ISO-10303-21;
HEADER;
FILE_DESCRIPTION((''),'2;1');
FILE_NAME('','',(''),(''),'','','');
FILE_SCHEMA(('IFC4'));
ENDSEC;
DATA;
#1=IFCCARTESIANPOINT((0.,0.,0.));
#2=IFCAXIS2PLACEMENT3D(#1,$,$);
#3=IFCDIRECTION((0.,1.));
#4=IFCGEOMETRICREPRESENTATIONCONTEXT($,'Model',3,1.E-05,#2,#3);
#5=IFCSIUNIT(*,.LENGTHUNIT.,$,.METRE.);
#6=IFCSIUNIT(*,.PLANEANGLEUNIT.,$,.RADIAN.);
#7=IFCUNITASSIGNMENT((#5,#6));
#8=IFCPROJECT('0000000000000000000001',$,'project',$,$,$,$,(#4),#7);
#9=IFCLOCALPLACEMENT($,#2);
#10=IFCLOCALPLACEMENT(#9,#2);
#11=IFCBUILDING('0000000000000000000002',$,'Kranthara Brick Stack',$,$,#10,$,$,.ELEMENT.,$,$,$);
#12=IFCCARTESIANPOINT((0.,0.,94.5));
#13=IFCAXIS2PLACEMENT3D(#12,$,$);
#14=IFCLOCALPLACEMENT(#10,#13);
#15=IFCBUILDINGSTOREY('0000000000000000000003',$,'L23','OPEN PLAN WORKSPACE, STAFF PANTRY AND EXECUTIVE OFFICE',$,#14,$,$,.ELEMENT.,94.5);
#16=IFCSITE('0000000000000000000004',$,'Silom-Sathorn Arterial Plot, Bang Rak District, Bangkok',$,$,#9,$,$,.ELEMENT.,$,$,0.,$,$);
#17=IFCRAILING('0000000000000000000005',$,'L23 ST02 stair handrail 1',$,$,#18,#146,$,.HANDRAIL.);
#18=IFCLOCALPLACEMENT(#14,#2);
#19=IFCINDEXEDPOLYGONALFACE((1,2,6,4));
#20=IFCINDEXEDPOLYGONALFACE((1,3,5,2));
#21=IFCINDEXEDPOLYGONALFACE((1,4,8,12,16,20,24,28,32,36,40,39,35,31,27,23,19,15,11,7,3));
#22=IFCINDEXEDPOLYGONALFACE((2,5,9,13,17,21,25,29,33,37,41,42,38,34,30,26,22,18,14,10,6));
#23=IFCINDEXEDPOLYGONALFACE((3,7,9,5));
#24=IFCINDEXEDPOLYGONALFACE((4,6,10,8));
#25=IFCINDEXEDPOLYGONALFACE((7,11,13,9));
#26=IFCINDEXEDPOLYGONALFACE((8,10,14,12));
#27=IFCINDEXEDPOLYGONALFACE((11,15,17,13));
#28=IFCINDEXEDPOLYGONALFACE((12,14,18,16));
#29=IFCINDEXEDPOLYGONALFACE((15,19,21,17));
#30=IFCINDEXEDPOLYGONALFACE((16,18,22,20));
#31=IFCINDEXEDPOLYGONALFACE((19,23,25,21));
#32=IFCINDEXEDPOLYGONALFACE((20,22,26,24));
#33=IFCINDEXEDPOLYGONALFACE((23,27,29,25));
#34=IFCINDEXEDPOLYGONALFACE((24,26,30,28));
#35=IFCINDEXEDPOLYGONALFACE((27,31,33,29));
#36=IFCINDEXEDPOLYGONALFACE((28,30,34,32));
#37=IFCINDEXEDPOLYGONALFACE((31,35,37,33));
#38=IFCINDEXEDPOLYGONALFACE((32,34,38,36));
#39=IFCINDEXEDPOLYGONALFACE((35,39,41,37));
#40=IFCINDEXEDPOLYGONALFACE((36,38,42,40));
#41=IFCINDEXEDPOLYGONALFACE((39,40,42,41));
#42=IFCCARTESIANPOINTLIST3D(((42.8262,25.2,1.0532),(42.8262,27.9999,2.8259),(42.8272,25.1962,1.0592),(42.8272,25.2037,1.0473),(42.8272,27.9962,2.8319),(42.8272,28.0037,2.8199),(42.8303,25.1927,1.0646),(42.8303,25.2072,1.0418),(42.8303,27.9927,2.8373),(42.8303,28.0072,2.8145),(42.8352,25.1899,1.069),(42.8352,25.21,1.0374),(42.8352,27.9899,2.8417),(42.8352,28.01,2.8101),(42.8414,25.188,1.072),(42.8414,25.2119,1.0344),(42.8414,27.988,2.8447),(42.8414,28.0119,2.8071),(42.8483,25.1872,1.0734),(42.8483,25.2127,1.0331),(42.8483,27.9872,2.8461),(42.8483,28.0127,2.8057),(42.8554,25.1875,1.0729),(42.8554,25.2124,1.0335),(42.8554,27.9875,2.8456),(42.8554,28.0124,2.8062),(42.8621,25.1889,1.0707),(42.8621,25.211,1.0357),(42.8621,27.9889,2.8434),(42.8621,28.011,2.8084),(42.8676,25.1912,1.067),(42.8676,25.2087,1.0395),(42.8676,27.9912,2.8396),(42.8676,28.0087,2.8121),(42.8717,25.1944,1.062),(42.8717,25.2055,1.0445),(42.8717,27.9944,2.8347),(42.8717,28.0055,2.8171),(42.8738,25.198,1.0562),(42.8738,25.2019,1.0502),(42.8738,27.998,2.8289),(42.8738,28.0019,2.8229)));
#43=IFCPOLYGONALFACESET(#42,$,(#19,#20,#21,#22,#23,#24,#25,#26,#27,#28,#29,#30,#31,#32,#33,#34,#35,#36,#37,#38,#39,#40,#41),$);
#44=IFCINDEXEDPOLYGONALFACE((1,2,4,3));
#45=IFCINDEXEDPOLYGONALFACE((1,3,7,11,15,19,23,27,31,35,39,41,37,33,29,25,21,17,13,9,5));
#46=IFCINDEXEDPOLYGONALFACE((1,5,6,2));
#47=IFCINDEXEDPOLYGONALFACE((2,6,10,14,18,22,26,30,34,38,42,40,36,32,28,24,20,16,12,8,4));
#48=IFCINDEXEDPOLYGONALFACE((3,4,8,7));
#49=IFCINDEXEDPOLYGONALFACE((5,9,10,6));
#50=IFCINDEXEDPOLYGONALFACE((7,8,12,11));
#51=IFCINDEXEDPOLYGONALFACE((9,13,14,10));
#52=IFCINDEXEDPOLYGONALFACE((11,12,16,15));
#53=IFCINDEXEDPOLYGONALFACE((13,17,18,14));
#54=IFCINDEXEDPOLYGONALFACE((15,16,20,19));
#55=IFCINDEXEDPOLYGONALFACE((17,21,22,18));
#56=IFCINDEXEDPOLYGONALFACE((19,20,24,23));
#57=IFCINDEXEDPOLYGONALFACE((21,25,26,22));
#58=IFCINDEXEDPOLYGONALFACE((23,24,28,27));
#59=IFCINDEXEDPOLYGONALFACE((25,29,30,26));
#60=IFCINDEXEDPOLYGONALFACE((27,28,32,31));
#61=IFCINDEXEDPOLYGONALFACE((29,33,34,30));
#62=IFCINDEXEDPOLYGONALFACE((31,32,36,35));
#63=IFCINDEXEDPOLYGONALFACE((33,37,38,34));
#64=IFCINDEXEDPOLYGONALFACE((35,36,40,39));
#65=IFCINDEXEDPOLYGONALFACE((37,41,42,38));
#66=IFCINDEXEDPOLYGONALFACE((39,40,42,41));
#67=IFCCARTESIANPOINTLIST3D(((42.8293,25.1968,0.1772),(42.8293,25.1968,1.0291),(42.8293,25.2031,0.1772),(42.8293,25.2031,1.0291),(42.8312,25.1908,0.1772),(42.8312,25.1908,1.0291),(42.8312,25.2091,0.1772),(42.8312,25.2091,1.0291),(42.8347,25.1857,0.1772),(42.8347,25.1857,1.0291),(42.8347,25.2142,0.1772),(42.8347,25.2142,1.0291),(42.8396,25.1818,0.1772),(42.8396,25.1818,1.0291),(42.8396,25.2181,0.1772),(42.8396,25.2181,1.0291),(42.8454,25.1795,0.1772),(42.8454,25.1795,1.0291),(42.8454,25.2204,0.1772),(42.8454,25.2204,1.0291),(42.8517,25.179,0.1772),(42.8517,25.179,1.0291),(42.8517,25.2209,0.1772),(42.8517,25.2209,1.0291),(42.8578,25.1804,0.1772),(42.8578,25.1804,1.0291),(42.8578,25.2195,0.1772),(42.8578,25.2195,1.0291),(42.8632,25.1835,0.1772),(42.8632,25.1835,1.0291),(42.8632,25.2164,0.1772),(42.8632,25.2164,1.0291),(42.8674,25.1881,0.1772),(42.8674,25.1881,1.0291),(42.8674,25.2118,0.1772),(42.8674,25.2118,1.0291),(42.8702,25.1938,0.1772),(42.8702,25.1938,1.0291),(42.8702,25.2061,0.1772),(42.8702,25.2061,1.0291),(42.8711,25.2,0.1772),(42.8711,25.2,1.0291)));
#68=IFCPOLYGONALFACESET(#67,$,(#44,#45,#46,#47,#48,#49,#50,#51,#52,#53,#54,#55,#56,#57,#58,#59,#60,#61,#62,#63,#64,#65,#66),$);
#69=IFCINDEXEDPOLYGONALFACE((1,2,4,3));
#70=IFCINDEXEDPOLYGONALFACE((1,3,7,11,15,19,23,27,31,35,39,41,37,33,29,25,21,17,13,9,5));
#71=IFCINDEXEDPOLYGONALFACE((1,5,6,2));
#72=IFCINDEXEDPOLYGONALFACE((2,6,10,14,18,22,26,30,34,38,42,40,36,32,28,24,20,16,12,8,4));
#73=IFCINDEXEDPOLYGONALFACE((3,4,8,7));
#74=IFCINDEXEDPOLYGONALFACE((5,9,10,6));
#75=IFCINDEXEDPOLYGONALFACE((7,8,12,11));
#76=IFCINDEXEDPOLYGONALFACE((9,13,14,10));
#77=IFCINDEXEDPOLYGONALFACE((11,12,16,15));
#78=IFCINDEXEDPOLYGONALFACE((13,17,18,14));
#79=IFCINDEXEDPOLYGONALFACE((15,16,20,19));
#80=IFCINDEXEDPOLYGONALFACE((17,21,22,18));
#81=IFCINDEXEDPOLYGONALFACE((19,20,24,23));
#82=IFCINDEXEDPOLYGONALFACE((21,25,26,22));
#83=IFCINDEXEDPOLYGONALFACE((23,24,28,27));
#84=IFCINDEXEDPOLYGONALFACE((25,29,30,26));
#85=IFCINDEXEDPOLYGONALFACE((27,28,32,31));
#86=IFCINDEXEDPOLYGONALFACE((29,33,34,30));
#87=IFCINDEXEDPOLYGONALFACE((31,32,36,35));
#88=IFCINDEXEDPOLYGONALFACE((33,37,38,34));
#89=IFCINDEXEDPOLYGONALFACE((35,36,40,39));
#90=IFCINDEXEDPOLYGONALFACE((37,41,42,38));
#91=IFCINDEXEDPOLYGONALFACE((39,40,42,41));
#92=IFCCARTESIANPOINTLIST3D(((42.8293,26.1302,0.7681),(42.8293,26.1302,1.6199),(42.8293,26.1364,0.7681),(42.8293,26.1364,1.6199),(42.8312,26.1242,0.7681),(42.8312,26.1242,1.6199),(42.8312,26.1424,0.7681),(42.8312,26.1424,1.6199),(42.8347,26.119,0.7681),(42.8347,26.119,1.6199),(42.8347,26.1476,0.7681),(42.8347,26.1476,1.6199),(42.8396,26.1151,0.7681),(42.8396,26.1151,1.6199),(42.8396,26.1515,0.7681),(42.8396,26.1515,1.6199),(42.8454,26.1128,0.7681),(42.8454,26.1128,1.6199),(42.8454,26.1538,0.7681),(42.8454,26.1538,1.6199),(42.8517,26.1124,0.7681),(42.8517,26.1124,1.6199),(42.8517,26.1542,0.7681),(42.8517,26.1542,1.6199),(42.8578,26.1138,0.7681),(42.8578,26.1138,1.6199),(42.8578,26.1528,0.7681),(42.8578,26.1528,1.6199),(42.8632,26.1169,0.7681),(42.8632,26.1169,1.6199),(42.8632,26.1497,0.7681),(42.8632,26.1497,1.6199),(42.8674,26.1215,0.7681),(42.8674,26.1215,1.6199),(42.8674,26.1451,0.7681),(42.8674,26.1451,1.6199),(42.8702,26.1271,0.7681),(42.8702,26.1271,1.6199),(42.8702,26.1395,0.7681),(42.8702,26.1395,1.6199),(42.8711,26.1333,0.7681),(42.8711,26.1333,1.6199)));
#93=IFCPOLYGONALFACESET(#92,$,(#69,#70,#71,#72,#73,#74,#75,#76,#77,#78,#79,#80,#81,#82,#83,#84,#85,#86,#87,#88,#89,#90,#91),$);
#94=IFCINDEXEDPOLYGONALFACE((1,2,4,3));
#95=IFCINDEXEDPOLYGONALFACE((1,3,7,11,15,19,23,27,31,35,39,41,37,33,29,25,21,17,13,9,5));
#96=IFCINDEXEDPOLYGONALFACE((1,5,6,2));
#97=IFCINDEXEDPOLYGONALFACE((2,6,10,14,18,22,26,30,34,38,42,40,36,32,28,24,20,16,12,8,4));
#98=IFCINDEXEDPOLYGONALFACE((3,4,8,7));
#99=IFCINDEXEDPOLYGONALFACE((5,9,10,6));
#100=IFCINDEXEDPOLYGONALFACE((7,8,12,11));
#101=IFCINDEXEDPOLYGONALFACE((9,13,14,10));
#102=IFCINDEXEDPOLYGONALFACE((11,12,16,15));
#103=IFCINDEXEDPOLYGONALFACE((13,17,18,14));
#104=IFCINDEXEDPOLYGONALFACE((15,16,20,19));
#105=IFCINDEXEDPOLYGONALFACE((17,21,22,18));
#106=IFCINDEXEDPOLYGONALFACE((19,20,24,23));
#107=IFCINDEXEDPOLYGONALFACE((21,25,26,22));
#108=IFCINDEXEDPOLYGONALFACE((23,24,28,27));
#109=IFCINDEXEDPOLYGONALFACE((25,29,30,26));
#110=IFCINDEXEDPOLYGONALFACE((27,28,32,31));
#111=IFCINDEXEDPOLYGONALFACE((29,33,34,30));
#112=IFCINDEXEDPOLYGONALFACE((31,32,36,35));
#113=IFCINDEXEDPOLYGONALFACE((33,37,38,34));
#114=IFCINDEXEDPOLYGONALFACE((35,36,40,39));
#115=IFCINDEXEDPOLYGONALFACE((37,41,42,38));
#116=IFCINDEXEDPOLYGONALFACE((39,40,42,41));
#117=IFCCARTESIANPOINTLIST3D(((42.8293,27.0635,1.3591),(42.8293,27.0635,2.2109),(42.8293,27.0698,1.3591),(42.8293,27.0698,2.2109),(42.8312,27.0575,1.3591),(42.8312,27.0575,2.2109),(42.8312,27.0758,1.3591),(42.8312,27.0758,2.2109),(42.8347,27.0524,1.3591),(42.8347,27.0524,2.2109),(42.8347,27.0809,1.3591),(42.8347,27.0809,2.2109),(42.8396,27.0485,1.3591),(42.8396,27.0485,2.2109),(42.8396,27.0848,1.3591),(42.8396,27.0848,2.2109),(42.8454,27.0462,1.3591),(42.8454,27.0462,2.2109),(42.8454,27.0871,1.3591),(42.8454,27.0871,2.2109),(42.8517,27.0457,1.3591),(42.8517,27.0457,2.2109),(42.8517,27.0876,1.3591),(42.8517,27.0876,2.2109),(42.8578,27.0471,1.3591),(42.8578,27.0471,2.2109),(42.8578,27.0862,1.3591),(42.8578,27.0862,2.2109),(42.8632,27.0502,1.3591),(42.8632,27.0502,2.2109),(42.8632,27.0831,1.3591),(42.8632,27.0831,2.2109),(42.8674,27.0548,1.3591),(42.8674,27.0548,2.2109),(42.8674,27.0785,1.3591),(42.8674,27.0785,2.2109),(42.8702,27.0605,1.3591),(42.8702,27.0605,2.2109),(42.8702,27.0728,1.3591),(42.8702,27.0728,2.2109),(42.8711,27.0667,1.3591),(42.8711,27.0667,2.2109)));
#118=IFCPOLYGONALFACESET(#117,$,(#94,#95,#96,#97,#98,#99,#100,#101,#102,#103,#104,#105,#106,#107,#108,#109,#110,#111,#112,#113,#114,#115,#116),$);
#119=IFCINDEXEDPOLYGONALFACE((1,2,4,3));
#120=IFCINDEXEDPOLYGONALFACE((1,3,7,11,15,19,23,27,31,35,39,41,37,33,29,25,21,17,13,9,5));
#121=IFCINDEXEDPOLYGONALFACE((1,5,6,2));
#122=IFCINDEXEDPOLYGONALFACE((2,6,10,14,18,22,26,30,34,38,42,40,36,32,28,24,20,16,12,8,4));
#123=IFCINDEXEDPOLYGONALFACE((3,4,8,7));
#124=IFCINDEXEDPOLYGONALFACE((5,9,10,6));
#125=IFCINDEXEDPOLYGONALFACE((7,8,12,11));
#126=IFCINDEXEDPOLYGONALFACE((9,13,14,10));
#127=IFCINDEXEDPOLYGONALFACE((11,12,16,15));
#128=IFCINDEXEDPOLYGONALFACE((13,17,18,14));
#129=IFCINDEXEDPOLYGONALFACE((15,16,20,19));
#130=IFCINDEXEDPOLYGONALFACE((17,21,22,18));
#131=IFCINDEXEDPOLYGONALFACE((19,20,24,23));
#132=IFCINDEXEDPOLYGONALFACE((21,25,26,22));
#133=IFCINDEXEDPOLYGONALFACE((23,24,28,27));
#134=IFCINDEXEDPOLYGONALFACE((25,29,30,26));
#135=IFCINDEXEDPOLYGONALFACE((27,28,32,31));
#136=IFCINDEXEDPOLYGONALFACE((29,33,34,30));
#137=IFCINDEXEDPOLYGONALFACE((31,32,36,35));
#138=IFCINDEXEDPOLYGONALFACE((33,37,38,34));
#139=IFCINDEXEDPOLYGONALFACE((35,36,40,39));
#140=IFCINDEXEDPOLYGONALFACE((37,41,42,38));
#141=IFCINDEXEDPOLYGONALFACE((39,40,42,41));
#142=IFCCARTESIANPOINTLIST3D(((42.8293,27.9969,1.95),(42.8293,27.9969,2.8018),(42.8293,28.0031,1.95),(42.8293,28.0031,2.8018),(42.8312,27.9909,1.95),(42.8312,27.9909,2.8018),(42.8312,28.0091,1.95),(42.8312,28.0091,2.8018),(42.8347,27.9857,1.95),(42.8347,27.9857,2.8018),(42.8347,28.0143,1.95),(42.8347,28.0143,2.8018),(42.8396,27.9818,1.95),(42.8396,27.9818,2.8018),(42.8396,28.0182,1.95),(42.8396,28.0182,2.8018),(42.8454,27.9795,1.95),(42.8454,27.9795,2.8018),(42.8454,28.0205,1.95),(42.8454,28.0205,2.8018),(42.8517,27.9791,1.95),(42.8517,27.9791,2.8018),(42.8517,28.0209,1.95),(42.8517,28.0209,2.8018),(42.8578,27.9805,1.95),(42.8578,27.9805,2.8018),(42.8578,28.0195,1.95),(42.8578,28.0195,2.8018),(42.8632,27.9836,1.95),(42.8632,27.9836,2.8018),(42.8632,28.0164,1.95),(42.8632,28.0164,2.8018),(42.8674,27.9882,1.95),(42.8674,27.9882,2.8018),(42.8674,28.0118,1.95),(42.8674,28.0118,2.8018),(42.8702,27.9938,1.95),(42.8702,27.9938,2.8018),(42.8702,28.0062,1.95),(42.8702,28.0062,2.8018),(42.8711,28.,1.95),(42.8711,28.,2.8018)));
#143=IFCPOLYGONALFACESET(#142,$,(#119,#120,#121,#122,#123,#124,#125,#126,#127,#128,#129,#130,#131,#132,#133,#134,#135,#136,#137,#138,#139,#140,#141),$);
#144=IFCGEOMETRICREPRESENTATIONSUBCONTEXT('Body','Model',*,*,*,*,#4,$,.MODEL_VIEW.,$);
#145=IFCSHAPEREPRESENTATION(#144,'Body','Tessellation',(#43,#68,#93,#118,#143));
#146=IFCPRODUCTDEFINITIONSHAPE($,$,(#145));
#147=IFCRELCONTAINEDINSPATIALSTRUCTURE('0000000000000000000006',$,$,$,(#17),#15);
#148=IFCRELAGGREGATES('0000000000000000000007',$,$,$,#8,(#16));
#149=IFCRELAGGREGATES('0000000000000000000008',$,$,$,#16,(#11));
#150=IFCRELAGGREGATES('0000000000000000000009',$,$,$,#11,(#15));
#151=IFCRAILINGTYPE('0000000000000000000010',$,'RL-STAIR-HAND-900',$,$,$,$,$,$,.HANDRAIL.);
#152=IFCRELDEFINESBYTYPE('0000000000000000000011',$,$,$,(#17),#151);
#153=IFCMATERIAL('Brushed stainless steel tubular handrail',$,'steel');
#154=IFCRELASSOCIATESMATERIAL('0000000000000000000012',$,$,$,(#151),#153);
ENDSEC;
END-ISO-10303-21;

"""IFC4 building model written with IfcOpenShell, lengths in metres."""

from ifc_helpers import new_model, si_unit, direction, frame, origin, origin_2d, place, context, subcontext, project, spatial, circle, extrude, material, type_object, element, save


model = new_model("IFC4")

# Units and contexts
model_context = context("Model", 3, precision=1e-05, world=origin(), true_north=direction((0.0, 1.0)))
body_context = subcontext(model_context, "Body", "Model", "MODEL_VIEW")
ifc_project = project(units=[si_unit("LENGTHUNIT", "METRE"), si_unit("PLANEANGLEUNIT", "RADIAN")], contexts=[model_context])

# Site, building, storey
site_placement = place(None, origin())
site = spatial("IfcSite", under=ifc_project, at=site_placement, Name="Silom-Sathorn Arterial Plot, Bang Rak District, Bangkok", CompositionType="ELEMENT", RefElevation=0.0)
building_placement = place(site_placement, origin())
building = spatial("IfcBuilding", under=site, at=building_placement, Name="Kranthara Brick Stack", CompositionType="ELEMENT")
storey_placement = place(building_placement, frame((0.0, 0.0, 94.5)))
storey = spatial("IfcBuildingStorey", under=building, at=storey_placement, Name="L23", Description="OPEN PLAN WORKSPACE, STAFF PANTRY AND EXECUTIVE OFFICE", CompositionType="ELEMENT", Elevation=94.5)

# Railing
ifc_material_1 = material(Name="Brushed stainless steel tubular handrail", Category="steel")
railing_type_1 = type_object("IfcRailingType", Name="RL-STAIR-HAND-900", PredefinedType="HANDRAIL", material=ifc_material_1)
railing_1_placement = place(storey_placement, frame((42.8501, 25.2, 0.1772)))
element("IfcRailing", 1, at=railing_1_placement, inside=storey, type_object=railing_type_1, Name="L23 ST02 stair handrail 1", PredefinedType="HANDRAIL", context=body_context, shape_type="SweptSolid", body=[
    extrude(circle(Radius=0.0239, at=origin_2d()), frame((0.0, 0.0, 0.876), z_axis=(0.0, 0.844909, 0.53491), x_axis=(-1.0, 0.0, 0.0)), (0.0, 0.0, 1.0), 3.314),
    extrude(circle(Radius=0.021, at=origin_2d()), origin(), (0.0, 0.0, 1.0), 0.8518),
    extrude(circle(Radius=0.021, at=origin_2d()), frame((0.0, 0.9333, 0.5908)), (0.0, 0.0, 1.0), 0.8518),
    extrude(circle(Radius=0.021, at=origin_2d()), frame((0.0, 1.8667, 1.1819)), (0.0, 0.0, 1.0), 0.8518),
    extrude(circle(Radius=0.021, at=origin_2d()), frame((0.0, 2.8, 1.7727)), (0.0, 0.0, 1.0), 0.8518),
])

save(model, "model.ifc")
